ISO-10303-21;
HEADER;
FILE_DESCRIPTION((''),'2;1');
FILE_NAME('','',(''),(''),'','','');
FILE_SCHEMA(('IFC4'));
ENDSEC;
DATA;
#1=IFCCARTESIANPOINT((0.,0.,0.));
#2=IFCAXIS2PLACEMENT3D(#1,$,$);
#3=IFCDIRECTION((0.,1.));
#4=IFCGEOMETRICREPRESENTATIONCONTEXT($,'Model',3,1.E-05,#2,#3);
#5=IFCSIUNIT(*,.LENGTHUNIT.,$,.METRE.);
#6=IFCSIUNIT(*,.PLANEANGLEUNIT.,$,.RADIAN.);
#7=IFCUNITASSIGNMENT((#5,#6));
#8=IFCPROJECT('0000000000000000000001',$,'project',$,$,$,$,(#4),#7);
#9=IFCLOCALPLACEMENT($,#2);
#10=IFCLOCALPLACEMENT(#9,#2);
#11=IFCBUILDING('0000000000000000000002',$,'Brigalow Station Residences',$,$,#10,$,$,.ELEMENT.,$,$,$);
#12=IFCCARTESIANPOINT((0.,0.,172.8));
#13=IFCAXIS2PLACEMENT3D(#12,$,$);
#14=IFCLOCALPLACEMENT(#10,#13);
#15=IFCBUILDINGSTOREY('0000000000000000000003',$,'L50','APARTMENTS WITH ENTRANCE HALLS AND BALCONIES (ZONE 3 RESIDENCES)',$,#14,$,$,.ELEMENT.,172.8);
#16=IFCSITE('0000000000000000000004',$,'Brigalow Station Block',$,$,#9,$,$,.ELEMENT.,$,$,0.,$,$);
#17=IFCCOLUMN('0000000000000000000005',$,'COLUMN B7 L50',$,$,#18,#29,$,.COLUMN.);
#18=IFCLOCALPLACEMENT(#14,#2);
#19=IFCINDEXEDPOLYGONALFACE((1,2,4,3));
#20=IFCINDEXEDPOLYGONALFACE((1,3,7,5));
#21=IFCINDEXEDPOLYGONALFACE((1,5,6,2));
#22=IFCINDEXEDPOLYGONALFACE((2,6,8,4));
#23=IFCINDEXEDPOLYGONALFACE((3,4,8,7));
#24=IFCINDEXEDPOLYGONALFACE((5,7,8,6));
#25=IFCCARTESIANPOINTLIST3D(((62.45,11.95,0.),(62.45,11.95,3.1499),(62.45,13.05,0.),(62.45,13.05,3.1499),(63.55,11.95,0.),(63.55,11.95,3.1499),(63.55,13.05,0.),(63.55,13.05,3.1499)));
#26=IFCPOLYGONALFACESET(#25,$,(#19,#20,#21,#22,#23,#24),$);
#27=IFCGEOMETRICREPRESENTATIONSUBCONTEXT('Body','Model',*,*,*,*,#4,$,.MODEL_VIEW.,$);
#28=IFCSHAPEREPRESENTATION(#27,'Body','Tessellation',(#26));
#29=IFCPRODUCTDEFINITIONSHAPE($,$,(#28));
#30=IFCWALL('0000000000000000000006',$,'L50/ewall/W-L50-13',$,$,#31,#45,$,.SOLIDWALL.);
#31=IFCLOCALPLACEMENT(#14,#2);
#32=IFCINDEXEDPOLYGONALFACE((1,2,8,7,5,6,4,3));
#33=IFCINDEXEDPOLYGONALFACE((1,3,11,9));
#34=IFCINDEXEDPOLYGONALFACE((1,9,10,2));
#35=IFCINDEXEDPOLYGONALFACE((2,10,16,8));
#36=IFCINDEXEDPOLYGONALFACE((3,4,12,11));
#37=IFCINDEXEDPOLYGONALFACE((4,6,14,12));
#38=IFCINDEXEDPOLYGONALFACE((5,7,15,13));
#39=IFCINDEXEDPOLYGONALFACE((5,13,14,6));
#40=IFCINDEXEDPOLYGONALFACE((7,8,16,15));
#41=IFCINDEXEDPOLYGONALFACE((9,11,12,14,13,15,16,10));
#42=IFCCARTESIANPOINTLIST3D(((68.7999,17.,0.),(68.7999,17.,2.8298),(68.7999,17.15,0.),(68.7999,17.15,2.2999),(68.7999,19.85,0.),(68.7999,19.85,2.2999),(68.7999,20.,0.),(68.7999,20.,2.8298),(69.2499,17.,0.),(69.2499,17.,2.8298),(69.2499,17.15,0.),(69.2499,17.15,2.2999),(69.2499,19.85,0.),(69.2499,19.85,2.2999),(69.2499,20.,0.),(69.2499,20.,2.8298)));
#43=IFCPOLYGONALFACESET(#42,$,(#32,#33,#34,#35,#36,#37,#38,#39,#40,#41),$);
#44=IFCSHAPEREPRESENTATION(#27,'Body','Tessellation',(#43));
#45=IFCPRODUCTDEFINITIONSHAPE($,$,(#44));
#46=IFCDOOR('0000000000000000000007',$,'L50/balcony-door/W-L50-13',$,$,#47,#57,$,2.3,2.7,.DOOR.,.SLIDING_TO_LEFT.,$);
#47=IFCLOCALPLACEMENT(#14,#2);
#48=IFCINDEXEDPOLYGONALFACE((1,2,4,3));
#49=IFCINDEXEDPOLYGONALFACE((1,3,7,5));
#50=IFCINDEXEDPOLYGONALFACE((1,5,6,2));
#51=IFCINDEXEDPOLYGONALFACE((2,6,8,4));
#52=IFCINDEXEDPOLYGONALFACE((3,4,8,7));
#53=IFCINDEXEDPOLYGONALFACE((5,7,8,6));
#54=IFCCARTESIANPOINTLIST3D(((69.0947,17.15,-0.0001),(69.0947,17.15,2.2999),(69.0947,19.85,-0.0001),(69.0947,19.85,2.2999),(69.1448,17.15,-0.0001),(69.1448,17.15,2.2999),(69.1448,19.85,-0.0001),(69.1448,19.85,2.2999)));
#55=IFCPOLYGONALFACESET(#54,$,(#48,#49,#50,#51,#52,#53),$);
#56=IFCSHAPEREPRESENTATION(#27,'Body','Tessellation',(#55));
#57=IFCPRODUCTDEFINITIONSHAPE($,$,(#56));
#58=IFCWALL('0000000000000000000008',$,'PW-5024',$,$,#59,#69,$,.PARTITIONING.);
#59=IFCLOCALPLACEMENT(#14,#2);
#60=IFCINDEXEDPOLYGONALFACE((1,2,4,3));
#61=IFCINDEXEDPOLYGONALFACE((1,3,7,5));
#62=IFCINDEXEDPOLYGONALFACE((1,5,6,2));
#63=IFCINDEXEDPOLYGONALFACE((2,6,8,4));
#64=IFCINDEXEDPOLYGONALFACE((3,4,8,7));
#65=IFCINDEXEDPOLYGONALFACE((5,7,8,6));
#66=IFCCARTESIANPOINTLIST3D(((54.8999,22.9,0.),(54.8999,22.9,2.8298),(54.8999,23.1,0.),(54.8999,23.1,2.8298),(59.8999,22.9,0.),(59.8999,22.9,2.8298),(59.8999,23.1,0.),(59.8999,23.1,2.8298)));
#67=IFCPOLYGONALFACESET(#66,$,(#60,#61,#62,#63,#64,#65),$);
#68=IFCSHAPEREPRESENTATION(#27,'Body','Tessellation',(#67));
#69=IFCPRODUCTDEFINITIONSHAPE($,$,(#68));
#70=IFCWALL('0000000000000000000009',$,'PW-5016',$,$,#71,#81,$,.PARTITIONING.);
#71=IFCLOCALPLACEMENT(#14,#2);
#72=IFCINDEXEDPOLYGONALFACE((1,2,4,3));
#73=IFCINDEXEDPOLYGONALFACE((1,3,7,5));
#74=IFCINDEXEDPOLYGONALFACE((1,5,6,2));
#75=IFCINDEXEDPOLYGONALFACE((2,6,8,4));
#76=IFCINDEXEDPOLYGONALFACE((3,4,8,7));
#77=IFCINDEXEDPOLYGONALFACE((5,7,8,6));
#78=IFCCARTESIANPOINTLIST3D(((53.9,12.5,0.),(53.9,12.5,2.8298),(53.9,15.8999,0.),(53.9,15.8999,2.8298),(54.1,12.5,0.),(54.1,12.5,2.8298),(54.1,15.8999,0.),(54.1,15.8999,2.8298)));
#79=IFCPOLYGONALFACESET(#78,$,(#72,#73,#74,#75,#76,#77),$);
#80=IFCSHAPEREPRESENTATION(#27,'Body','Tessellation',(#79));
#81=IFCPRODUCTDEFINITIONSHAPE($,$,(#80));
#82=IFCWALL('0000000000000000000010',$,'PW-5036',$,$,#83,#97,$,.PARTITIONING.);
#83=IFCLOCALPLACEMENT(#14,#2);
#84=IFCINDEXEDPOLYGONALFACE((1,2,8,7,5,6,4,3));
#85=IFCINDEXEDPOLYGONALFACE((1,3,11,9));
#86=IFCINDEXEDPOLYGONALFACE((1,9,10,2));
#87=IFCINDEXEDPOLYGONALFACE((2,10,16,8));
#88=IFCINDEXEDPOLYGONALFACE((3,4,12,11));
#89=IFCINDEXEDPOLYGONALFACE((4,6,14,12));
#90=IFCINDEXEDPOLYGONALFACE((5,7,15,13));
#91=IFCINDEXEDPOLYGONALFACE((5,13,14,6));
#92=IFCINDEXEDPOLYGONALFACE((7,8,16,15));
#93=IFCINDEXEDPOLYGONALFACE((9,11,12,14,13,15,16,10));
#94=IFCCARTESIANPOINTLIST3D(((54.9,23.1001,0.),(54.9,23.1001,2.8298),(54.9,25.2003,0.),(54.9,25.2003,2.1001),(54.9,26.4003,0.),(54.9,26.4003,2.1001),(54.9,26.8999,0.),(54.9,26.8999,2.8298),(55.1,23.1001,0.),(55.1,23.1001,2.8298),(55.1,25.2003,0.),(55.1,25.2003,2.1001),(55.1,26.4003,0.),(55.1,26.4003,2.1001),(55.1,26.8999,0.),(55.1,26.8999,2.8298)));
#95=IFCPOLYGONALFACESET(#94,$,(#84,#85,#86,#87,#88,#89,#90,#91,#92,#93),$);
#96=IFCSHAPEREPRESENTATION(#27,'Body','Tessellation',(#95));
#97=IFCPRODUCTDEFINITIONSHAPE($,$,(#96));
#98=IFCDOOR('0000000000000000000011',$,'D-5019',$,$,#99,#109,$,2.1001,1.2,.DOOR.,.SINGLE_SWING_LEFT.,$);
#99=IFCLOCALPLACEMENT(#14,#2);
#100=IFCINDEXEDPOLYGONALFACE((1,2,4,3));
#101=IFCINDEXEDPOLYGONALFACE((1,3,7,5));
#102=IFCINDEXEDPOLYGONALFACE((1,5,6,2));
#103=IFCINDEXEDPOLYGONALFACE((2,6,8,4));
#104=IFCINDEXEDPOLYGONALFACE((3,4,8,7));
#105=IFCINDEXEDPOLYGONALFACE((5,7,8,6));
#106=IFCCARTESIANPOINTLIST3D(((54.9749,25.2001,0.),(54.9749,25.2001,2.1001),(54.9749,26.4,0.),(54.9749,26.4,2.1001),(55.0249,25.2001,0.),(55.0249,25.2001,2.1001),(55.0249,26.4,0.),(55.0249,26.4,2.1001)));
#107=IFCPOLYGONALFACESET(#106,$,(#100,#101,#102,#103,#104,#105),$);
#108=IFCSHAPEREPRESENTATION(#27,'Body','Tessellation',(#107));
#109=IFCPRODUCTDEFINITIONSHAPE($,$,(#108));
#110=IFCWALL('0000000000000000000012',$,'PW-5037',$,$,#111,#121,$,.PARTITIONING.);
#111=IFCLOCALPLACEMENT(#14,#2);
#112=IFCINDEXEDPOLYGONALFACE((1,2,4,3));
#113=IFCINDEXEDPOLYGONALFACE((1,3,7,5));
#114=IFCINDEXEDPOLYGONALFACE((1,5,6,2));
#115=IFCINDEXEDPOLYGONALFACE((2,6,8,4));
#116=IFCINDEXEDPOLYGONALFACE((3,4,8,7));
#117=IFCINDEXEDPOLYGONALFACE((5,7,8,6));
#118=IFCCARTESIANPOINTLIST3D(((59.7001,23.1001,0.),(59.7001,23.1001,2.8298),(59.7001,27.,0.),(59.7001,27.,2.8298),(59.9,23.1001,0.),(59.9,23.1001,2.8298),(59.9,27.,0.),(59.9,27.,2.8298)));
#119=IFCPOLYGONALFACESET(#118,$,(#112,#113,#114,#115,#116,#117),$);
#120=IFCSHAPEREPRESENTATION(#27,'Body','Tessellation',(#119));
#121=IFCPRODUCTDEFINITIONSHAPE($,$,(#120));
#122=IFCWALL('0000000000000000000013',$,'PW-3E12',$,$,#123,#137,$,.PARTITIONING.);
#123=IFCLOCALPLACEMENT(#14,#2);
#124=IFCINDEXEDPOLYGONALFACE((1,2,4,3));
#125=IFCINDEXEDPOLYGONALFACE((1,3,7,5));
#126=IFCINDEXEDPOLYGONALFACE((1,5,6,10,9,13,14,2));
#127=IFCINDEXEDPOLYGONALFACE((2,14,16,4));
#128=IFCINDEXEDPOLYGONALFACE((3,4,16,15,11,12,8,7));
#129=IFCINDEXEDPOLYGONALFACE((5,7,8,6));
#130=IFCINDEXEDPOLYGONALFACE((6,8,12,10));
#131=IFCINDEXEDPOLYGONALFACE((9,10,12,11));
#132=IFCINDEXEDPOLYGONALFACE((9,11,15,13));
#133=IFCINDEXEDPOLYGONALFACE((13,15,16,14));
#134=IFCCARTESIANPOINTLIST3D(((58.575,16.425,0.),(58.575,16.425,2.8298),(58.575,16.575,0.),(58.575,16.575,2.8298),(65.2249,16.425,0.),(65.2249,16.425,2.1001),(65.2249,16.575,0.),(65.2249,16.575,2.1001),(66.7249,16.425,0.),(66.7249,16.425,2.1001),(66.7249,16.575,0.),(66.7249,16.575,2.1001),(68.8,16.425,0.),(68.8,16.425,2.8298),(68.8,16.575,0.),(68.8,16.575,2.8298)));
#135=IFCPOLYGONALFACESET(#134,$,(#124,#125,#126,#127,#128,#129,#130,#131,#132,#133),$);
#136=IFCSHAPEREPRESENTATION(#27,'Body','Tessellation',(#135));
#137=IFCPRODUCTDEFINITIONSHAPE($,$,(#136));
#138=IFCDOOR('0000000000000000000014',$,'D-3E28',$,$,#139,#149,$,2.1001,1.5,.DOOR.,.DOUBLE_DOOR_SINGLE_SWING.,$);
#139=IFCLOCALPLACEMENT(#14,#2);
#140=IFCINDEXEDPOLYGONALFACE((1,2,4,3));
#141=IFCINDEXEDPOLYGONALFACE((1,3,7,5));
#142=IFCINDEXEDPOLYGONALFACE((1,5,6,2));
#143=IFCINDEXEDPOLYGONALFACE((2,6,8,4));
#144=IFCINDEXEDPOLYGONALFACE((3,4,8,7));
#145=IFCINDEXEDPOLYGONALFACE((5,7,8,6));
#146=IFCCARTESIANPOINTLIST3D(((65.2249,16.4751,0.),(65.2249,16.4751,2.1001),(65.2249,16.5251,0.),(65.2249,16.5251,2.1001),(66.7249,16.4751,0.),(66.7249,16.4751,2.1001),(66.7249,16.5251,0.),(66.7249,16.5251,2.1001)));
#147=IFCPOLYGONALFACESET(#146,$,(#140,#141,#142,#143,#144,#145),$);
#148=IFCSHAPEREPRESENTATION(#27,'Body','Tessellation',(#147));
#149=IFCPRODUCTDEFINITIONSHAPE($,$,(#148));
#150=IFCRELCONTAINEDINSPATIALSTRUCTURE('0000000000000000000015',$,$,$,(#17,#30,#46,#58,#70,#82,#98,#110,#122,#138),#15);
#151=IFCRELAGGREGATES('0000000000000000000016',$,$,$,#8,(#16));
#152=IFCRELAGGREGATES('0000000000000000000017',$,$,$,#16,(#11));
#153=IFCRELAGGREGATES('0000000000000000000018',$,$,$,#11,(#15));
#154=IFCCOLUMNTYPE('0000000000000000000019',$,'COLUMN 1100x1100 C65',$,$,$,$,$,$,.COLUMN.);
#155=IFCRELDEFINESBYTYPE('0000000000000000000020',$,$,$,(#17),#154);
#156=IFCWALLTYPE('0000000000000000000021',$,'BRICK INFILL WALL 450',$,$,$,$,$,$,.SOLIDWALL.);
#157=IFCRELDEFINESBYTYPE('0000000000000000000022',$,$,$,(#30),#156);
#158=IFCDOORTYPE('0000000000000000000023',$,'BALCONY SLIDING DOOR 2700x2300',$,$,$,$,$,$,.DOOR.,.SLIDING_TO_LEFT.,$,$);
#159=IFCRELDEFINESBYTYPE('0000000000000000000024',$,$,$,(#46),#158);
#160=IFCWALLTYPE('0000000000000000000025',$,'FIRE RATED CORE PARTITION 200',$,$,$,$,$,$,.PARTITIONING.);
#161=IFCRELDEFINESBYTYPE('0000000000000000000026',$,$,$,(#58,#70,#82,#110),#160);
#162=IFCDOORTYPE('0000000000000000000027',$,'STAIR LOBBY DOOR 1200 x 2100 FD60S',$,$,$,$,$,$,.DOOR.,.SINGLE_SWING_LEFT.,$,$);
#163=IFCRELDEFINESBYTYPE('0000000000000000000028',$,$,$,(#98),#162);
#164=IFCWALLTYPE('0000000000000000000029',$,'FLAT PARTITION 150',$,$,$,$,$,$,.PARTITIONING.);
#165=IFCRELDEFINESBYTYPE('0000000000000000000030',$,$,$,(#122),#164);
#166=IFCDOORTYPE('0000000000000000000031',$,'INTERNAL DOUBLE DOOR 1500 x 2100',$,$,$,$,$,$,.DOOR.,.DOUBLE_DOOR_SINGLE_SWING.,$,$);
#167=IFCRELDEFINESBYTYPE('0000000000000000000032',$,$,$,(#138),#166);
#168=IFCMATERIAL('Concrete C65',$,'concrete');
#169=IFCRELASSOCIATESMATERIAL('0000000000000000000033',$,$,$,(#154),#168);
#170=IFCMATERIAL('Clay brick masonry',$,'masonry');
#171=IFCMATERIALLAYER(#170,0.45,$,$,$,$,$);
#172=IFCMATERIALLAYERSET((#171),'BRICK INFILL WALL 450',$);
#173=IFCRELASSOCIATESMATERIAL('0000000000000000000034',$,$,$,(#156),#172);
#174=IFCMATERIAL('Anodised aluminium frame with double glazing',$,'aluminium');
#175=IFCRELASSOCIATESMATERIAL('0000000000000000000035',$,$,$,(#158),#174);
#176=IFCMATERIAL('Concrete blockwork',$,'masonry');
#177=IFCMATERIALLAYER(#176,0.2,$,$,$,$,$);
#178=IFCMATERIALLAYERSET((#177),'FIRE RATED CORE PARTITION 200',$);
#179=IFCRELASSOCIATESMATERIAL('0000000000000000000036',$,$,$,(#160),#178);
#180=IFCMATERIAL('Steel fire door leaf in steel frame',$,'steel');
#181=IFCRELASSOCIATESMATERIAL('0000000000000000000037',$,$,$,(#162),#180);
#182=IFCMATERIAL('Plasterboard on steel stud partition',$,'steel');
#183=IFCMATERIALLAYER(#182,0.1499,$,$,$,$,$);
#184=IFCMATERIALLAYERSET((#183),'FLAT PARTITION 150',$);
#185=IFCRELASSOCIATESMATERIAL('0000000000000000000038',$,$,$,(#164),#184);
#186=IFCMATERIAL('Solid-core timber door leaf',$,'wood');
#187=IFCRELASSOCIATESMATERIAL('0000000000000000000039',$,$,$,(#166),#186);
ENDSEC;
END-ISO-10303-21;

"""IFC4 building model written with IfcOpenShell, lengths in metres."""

from ifc_helpers import new_model, si_unit, direction, frame, frame_2d, origin, origin_2d, place, context, subcontext, project, spatial, rectangle, extrude, material, layer, layer_set, material_profile, profile_set, type_object, element, fill, save


model = new_model("IFC4")

# Units and contexts
model_context = context("Model", 3, precision=1e-05, world=origin(), true_north=direction((0.0, 1.0)))
body_context = subcontext(model_context, "Body", "Model", "MODEL_VIEW")
ifc_project = project(units=[si_unit("LENGTHUNIT", "METRE"), si_unit("PLANEANGLEUNIT", "RADIAN")], contexts=[model_context])

# Site, building, storey
site_placement = place(None, origin())
site = spatial("IfcSite", under=ifc_project, at=site_placement, Name="Brigalow Station Block", CompositionType="ELEMENT", RefElevation=0.0)
building_placement = place(site_placement, origin())
building = spatial("IfcBuilding", under=site, at=building_placement, Name="Brigalow Station Residences", CompositionType="ELEMENT")
storey_placement = place(building_placement, frame((0.0, 0.0, 172.8)))
storey = spatial("IfcBuildingStorey", under=building, at=storey_placement, Name="L50", Description="APARTMENTS WITH ENTRANCE HALLS AND BALCONIES (ZONE 3 RESIDENCES)", CompositionType="ELEMENT", Elevation=172.8)

# Column
ifc_material_1 = material(Name="Concrete C65", Category="concrete")
ifc_material_profile = material_profile(ifc_material_1, rectangle(XDim=1.1001, YDim=1.1001, at=origin_2d()), Name="RC1100x1100")
ifc_profile_set = profile_set([ifc_material_profile], Name="Concrete C65")
column_type = type_object("IfcColumnType", Name="COLUMN 1100x1100 C65", PredefinedType="COLUMN", material=ifc_profile_set)
column_placement = place(storey_placement, frame((63.0, 12.5, 0.0), z_axis=(0.0, 0.0, 1.0), x_axis=(1.0, 0.0, 0.0)))
element("IfcColumn", 1, at=column_placement, inside=storey, type_object=column_type, Name="COLUMN B7 L50", PredefinedType="COLUMN", context=body_context, shape_type="SweptSolid", body=[
    extrude(rectangle(XDim=1.1001, YDim=1.1001, at=origin_2d()), origin(), (0.0, 0.0, 1.0), 3.1499),
])

# Wall, opening, door
ifc_material_2 = material(Name="Clay brick masonry", Category="masonry")
ifc_layer_1 = layer(ifc_material_2, 0.45)
ifc_layer_set_1 = layer_set([ifc_layer_1], Name="BRICK INFILL WALL 450")
wall_type_1 = type_object("IfcWallType", Name="BRICK INFILL WALL 450", PredefinedType="SOLIDWALL", material=ifc_layer_set_1)
wall_1_placement = place(storey_placement, frame((69.0249, 17.0, 0.0), z_axis=(0.0, 0.0, 1.0), x_axis=(0.0, 1.0, 0.0)))
wall_1 = element("IfcWall", 2, at=wall_1_placement, inside=storey, type_object=wall_type_1, Name="L50/ewall/W-L50-13", PredefinedType="SOLIDWALL", context=body_context, shape_type="SweptSolid", body=[
    extrude(rectangle(XDim=3.0, YDim=0.45, at=frame_2d((1.5, 0.0))), origin(), (0.0, 0.0, 1.0), 2.8298),
])
opening_1_placement = place(wall_1_placement, frame((0.1499, 0.0, 0.0)))
opening_1 = element("IfcOpeningElement", 3, at=opening_1_placement, cuts=wall_1, PredefinedType="OPENING", context=body_context, shape_type="SweptSolid", body=[
    extrude(rectangle(XDim=2.7, YDim=2.3, at=frame_2d((1.3501, 1.1499))), frame((0.0, 0.2349, 0.0), z_axis=(0.0, -1.0, 0.0), x_axis=(1.0, 0.0, 0.0)), (0.0, 0.0, 1.0), 0.47),
])
ifc_material_3 = material(Name="Anodised aluminium frame with double glazing", Category="aluminium")
door_type_1 = type_object("IfcDoorType", Name="BALCONY SLIDING DOOR 2700x2300", OperationType="SLIDING_TO_LEFT", PredefinedType="DOOR", material=ifc_material_3)
door_1_placement = place(opening_1_placement, origin())
door_1 = element("IfcDoor", 4, at=door_1_placement, inside=storey, type_object=door_type_1, Name="L50/balcony-door/W-L50-13", OperationType="SLIDING_TO_LEFT", OverallHeight=2.3, OverallWidth=2.7, PredefinedType="DOOR", context=body_context, shape_type="SweptSolid", body=[
    extrude(rectangle(XDim=2.7, YDim=2.3, at=frame_2d((1.3501, 1.1499))), frame((0.0, -0.0698, 0.0), z_axis=(0.0, -1.0, 0.0), x_axis=(1.0, 0.0, 0.0)), (0.0, 0.0, 1.0), 0.05),
])
fill(opening_1, door_1)

# Walls
ifc_material_4 = material(Name="Concrete blockwork", Category="masonry")
ifc_layer_2 = layer(ifc_material_4, 0.2)
ifc_layer_set_2 = layer_set([ifc_layer_2], Name="FIRE RATED CORE PARTITION 200")
wall_type_2 = type_object("IfcWallType", Name="FIRE RATED CORE PARTITION 200", PredefinedType="PARTITIONING", material=ifc_layer_set_2)
wall_2_placement = place(storey_placement, frame((54.8999, 23.0, 0.0), z_axis=(0.0, 0.0, 1.0), x_axis=(1.0, 0.0, 0.0)))
element("IfcWall", 5, at=wall_2_placement, inside=storey, type_object=wall_type_2, Name="PW-5024", PredefinedType="PARTITIONING", context=body_context, shape_type="SweptSolid", body=[
    extrude(rectangle(XDim=5.0, YDim=0.2, at=frame_2d((2.5, 0.0))), origin(), (0.0, 0.0, 1.0), 2.8298),
])
wall_3_placement = place(storey_placement, frame((54.0, 12.5, 0.0), z_axis=(0.0, 0.0, 1.0), x_axis=(0.0, 1.0, 0.0)))
element("IfcWall", 6, at=wall_3_placement, inside=storey, type_object=wall_type_2, Name="PW-5016", PredefinedType="PARTITIONING", context=body_context, shape_type="SweptSolid", body=[
    extrude(rectangle(XDim=3.3999, YDim=0.2, at=frame_2d((1.7, 0.0))), origin(), (0.0, 0.0, 1.0), 2.8298),
])

# Wall, opening, door
wall_4_placement = place(storey_placement, frame((55.0, 23.1001, 0.0), z_axis=(0.0, 0.0, 1.0), x_axis=(0.0, 1.0, 0.0)))
wall_4 = element("IfcWall", 7, at=wall_4_placement, inside=storey, type_object=wall_type_2, Name="PW-5036", PredefinedType="PARTITIONING", context=body_context, shape_type="SweptSolid", body=[
    extrude(rectangle(XDim=3.7998, YDim=0.2, at=frame_2d((1.8999, 0.0))), origin(), (0.0, 0.0, 1.0), 2.8298),
])
opening_2_placement = place(wall_4_placement, frame((2.1001, 0.0, 0.0)))
opening_2 = element("IfcOpeningElement", 8, at=opening_2_placement, cuts=wall_4, PredefinedType="OPENING", context=body_context, shape_type="SweptSolid", body=[
    extrude(rectangle(XDim=1.2, YDim=2.1001, at=frame_2d((0.6001, 1.05))), frame((0.0, 0.1099, 0.0), z_axis=(0.0, -1.0, 0.0), x_axis=(1.0, 0.0, 0.0)), (0.0, 0.0, 1.0), 0.22),
])
ifc_material_5 = material(Name="Steel fire door leaf in steel frame", Category="steel")
door_type_2 = type_object("IfcDoorType", Name="STAIR LOBBY DOOR 1200 x 2100 FD60S", OperationType="SINGLE_SWING_LEFT", PredefinedType="DOOR", material=ifc_material_5)
door_2_placement = place(opening_2_placement, frame((1.2, 0.0, 0.0), z_axis=(0.0, 0.0, 1.0), x_axis=(-1.0, 0.0, 0.0)))
door_2 = element("IfcDoor", 9, at=door_2_placement, inside=storey, type_object=door_type_2, Name="D-5019", OperationType="SINGLE_SWING_LEFT", OverallHeight=2.1001, OverallWidth=1.2, PredefinedType="DOOR", context=body_context, shape_type="SweptSolid", body=[
    extrude(rectangle(XDim=1.2, YDim=2.1001, at=frame_2d((0.6001, 1.05))), frame((0.0, 0.0249, 0.0), z_axis=(0.0, -1.0, 0.0), x_axis=(1.0, 0.0, 0.0)), (0.0, 0.0, 1.0), 0.05),
])
fill(opening_2, door_2)

# Wall
wall_5_placement = place(storey_placement, frame((59.8, 23.1001, 0.0), z_axis=(0.0, 0.0, 1.0), x_axis=(0.0, 1.0, 0.0)))
element("IfcWall", 10, at=wall_5_placement, inside=storey, type_object=wall_type_2, Name="PW-5037", PredefinedType="PARTITIONING", context=body_context, shape_type="SweptSolid", body=[
    extrude(rectangle(XDim=3.8999, YDim=0.2, at=frame_2d((1.95, 0.0))), origin(), (0.0, 0.0, 1.0), 2.8298),
])

# Wall, opening, door
ifc_material_6 = material(Name="Plasterboard on steel stud partition", Category="steel")
ifc_layer_3 = layer(ifc_material_6, 0.1499)
ifc_layer_set_3 = layer_set([ifc_layer_3], Name="FLAT PARTITION 150")
wall_type_3 = type_object("IfcWallType", Name="FLAT PARTITION 150", PredefinedType="PARTITIONING", material=ifc_layer_set_3)
wall_6_placement = place(storey_placement, frame((58.575, 16.5, 0.0), z_axis=(0.0, 0.0, 1.0), x_axis=(1.0, 0.0, 0.0)))
wall_6 = element("IfcWall", 11, at=wall_6_placement, inside=storey, type_object=wall_type_3, Name="PW-3E12", PredefinedType="PARTITIONING", context=body_context, shape_type="SweptSolid", body=[
    extrude(rectangle(XDim=10.2251, YDim=0.1499, at=frame_2d((5.1125, 0.0))), origin(), (0.0, 0.0, 1.0), 2.8298),
])
opening_3_placement = place(wall_6_placement, frame((6.6499, 0.0, 0.0)))
opening_3 = element("IfcOpeningElement", 12, at=opening_3_placement, cuts=wall_6, PredefinedType="OPENING", context=body_context, shape_type="SweptSolid", body=[
    extrude(rectangle(XDim=1.5, YDim=2.1001, at=frame_2d((0.75, 1.05))), frame((0.0, 0.085, 0.0), z_axis=(0.0, -1.0, 0.0), x_axis=(1.0, 0.0, 0.0)), (0.0, 0.0, 1.0), 0.1699),
])
ifc_material_7 = material(Name="Solid-core timber door leaf", Category="wood")
door_type_3 = type_object("IfcDoorType", Name="INTERNAL DOUBLE DOOR 1500 x 2100", OperationType="DOUBLE_DOOR_SINGLE_SWING", PredefinedType="DOOR", material=ifc_material_7)
door_3_placement = place(opening_3_placement, frame((1.5, 0.0, 0.0), z_axis=(0.0, 0.0, 1.0), x_axis=(-1.0, 0.0, 0.0)))
door_3 = element("IfcDoor", 13, at=door_3_placement, inside=storey, type_object=door_type_3, Name="D-3E28", OperationType="DOUBLE_DOOR_SINGLE_SWING", OverallHeight=2.1001, OverallWidth=1.5, PredefinedType="DOOR", context=body_context, shape_type="SweptSolid", body=[
    extrude(rectangle(XDim=1.5, YDim=2.1001, at=frame_2d((0.75, 1.05))), frame((0.0, 0.0249, 0.0), z_axis=(0.0, -1.0, 0.0), x_axis=(1.0, 0.0, 0.0)), (0.0, 0.0, 1.0), 0.05),
])
fill(opening_3, door_3)

save(model, "model.ifc")
